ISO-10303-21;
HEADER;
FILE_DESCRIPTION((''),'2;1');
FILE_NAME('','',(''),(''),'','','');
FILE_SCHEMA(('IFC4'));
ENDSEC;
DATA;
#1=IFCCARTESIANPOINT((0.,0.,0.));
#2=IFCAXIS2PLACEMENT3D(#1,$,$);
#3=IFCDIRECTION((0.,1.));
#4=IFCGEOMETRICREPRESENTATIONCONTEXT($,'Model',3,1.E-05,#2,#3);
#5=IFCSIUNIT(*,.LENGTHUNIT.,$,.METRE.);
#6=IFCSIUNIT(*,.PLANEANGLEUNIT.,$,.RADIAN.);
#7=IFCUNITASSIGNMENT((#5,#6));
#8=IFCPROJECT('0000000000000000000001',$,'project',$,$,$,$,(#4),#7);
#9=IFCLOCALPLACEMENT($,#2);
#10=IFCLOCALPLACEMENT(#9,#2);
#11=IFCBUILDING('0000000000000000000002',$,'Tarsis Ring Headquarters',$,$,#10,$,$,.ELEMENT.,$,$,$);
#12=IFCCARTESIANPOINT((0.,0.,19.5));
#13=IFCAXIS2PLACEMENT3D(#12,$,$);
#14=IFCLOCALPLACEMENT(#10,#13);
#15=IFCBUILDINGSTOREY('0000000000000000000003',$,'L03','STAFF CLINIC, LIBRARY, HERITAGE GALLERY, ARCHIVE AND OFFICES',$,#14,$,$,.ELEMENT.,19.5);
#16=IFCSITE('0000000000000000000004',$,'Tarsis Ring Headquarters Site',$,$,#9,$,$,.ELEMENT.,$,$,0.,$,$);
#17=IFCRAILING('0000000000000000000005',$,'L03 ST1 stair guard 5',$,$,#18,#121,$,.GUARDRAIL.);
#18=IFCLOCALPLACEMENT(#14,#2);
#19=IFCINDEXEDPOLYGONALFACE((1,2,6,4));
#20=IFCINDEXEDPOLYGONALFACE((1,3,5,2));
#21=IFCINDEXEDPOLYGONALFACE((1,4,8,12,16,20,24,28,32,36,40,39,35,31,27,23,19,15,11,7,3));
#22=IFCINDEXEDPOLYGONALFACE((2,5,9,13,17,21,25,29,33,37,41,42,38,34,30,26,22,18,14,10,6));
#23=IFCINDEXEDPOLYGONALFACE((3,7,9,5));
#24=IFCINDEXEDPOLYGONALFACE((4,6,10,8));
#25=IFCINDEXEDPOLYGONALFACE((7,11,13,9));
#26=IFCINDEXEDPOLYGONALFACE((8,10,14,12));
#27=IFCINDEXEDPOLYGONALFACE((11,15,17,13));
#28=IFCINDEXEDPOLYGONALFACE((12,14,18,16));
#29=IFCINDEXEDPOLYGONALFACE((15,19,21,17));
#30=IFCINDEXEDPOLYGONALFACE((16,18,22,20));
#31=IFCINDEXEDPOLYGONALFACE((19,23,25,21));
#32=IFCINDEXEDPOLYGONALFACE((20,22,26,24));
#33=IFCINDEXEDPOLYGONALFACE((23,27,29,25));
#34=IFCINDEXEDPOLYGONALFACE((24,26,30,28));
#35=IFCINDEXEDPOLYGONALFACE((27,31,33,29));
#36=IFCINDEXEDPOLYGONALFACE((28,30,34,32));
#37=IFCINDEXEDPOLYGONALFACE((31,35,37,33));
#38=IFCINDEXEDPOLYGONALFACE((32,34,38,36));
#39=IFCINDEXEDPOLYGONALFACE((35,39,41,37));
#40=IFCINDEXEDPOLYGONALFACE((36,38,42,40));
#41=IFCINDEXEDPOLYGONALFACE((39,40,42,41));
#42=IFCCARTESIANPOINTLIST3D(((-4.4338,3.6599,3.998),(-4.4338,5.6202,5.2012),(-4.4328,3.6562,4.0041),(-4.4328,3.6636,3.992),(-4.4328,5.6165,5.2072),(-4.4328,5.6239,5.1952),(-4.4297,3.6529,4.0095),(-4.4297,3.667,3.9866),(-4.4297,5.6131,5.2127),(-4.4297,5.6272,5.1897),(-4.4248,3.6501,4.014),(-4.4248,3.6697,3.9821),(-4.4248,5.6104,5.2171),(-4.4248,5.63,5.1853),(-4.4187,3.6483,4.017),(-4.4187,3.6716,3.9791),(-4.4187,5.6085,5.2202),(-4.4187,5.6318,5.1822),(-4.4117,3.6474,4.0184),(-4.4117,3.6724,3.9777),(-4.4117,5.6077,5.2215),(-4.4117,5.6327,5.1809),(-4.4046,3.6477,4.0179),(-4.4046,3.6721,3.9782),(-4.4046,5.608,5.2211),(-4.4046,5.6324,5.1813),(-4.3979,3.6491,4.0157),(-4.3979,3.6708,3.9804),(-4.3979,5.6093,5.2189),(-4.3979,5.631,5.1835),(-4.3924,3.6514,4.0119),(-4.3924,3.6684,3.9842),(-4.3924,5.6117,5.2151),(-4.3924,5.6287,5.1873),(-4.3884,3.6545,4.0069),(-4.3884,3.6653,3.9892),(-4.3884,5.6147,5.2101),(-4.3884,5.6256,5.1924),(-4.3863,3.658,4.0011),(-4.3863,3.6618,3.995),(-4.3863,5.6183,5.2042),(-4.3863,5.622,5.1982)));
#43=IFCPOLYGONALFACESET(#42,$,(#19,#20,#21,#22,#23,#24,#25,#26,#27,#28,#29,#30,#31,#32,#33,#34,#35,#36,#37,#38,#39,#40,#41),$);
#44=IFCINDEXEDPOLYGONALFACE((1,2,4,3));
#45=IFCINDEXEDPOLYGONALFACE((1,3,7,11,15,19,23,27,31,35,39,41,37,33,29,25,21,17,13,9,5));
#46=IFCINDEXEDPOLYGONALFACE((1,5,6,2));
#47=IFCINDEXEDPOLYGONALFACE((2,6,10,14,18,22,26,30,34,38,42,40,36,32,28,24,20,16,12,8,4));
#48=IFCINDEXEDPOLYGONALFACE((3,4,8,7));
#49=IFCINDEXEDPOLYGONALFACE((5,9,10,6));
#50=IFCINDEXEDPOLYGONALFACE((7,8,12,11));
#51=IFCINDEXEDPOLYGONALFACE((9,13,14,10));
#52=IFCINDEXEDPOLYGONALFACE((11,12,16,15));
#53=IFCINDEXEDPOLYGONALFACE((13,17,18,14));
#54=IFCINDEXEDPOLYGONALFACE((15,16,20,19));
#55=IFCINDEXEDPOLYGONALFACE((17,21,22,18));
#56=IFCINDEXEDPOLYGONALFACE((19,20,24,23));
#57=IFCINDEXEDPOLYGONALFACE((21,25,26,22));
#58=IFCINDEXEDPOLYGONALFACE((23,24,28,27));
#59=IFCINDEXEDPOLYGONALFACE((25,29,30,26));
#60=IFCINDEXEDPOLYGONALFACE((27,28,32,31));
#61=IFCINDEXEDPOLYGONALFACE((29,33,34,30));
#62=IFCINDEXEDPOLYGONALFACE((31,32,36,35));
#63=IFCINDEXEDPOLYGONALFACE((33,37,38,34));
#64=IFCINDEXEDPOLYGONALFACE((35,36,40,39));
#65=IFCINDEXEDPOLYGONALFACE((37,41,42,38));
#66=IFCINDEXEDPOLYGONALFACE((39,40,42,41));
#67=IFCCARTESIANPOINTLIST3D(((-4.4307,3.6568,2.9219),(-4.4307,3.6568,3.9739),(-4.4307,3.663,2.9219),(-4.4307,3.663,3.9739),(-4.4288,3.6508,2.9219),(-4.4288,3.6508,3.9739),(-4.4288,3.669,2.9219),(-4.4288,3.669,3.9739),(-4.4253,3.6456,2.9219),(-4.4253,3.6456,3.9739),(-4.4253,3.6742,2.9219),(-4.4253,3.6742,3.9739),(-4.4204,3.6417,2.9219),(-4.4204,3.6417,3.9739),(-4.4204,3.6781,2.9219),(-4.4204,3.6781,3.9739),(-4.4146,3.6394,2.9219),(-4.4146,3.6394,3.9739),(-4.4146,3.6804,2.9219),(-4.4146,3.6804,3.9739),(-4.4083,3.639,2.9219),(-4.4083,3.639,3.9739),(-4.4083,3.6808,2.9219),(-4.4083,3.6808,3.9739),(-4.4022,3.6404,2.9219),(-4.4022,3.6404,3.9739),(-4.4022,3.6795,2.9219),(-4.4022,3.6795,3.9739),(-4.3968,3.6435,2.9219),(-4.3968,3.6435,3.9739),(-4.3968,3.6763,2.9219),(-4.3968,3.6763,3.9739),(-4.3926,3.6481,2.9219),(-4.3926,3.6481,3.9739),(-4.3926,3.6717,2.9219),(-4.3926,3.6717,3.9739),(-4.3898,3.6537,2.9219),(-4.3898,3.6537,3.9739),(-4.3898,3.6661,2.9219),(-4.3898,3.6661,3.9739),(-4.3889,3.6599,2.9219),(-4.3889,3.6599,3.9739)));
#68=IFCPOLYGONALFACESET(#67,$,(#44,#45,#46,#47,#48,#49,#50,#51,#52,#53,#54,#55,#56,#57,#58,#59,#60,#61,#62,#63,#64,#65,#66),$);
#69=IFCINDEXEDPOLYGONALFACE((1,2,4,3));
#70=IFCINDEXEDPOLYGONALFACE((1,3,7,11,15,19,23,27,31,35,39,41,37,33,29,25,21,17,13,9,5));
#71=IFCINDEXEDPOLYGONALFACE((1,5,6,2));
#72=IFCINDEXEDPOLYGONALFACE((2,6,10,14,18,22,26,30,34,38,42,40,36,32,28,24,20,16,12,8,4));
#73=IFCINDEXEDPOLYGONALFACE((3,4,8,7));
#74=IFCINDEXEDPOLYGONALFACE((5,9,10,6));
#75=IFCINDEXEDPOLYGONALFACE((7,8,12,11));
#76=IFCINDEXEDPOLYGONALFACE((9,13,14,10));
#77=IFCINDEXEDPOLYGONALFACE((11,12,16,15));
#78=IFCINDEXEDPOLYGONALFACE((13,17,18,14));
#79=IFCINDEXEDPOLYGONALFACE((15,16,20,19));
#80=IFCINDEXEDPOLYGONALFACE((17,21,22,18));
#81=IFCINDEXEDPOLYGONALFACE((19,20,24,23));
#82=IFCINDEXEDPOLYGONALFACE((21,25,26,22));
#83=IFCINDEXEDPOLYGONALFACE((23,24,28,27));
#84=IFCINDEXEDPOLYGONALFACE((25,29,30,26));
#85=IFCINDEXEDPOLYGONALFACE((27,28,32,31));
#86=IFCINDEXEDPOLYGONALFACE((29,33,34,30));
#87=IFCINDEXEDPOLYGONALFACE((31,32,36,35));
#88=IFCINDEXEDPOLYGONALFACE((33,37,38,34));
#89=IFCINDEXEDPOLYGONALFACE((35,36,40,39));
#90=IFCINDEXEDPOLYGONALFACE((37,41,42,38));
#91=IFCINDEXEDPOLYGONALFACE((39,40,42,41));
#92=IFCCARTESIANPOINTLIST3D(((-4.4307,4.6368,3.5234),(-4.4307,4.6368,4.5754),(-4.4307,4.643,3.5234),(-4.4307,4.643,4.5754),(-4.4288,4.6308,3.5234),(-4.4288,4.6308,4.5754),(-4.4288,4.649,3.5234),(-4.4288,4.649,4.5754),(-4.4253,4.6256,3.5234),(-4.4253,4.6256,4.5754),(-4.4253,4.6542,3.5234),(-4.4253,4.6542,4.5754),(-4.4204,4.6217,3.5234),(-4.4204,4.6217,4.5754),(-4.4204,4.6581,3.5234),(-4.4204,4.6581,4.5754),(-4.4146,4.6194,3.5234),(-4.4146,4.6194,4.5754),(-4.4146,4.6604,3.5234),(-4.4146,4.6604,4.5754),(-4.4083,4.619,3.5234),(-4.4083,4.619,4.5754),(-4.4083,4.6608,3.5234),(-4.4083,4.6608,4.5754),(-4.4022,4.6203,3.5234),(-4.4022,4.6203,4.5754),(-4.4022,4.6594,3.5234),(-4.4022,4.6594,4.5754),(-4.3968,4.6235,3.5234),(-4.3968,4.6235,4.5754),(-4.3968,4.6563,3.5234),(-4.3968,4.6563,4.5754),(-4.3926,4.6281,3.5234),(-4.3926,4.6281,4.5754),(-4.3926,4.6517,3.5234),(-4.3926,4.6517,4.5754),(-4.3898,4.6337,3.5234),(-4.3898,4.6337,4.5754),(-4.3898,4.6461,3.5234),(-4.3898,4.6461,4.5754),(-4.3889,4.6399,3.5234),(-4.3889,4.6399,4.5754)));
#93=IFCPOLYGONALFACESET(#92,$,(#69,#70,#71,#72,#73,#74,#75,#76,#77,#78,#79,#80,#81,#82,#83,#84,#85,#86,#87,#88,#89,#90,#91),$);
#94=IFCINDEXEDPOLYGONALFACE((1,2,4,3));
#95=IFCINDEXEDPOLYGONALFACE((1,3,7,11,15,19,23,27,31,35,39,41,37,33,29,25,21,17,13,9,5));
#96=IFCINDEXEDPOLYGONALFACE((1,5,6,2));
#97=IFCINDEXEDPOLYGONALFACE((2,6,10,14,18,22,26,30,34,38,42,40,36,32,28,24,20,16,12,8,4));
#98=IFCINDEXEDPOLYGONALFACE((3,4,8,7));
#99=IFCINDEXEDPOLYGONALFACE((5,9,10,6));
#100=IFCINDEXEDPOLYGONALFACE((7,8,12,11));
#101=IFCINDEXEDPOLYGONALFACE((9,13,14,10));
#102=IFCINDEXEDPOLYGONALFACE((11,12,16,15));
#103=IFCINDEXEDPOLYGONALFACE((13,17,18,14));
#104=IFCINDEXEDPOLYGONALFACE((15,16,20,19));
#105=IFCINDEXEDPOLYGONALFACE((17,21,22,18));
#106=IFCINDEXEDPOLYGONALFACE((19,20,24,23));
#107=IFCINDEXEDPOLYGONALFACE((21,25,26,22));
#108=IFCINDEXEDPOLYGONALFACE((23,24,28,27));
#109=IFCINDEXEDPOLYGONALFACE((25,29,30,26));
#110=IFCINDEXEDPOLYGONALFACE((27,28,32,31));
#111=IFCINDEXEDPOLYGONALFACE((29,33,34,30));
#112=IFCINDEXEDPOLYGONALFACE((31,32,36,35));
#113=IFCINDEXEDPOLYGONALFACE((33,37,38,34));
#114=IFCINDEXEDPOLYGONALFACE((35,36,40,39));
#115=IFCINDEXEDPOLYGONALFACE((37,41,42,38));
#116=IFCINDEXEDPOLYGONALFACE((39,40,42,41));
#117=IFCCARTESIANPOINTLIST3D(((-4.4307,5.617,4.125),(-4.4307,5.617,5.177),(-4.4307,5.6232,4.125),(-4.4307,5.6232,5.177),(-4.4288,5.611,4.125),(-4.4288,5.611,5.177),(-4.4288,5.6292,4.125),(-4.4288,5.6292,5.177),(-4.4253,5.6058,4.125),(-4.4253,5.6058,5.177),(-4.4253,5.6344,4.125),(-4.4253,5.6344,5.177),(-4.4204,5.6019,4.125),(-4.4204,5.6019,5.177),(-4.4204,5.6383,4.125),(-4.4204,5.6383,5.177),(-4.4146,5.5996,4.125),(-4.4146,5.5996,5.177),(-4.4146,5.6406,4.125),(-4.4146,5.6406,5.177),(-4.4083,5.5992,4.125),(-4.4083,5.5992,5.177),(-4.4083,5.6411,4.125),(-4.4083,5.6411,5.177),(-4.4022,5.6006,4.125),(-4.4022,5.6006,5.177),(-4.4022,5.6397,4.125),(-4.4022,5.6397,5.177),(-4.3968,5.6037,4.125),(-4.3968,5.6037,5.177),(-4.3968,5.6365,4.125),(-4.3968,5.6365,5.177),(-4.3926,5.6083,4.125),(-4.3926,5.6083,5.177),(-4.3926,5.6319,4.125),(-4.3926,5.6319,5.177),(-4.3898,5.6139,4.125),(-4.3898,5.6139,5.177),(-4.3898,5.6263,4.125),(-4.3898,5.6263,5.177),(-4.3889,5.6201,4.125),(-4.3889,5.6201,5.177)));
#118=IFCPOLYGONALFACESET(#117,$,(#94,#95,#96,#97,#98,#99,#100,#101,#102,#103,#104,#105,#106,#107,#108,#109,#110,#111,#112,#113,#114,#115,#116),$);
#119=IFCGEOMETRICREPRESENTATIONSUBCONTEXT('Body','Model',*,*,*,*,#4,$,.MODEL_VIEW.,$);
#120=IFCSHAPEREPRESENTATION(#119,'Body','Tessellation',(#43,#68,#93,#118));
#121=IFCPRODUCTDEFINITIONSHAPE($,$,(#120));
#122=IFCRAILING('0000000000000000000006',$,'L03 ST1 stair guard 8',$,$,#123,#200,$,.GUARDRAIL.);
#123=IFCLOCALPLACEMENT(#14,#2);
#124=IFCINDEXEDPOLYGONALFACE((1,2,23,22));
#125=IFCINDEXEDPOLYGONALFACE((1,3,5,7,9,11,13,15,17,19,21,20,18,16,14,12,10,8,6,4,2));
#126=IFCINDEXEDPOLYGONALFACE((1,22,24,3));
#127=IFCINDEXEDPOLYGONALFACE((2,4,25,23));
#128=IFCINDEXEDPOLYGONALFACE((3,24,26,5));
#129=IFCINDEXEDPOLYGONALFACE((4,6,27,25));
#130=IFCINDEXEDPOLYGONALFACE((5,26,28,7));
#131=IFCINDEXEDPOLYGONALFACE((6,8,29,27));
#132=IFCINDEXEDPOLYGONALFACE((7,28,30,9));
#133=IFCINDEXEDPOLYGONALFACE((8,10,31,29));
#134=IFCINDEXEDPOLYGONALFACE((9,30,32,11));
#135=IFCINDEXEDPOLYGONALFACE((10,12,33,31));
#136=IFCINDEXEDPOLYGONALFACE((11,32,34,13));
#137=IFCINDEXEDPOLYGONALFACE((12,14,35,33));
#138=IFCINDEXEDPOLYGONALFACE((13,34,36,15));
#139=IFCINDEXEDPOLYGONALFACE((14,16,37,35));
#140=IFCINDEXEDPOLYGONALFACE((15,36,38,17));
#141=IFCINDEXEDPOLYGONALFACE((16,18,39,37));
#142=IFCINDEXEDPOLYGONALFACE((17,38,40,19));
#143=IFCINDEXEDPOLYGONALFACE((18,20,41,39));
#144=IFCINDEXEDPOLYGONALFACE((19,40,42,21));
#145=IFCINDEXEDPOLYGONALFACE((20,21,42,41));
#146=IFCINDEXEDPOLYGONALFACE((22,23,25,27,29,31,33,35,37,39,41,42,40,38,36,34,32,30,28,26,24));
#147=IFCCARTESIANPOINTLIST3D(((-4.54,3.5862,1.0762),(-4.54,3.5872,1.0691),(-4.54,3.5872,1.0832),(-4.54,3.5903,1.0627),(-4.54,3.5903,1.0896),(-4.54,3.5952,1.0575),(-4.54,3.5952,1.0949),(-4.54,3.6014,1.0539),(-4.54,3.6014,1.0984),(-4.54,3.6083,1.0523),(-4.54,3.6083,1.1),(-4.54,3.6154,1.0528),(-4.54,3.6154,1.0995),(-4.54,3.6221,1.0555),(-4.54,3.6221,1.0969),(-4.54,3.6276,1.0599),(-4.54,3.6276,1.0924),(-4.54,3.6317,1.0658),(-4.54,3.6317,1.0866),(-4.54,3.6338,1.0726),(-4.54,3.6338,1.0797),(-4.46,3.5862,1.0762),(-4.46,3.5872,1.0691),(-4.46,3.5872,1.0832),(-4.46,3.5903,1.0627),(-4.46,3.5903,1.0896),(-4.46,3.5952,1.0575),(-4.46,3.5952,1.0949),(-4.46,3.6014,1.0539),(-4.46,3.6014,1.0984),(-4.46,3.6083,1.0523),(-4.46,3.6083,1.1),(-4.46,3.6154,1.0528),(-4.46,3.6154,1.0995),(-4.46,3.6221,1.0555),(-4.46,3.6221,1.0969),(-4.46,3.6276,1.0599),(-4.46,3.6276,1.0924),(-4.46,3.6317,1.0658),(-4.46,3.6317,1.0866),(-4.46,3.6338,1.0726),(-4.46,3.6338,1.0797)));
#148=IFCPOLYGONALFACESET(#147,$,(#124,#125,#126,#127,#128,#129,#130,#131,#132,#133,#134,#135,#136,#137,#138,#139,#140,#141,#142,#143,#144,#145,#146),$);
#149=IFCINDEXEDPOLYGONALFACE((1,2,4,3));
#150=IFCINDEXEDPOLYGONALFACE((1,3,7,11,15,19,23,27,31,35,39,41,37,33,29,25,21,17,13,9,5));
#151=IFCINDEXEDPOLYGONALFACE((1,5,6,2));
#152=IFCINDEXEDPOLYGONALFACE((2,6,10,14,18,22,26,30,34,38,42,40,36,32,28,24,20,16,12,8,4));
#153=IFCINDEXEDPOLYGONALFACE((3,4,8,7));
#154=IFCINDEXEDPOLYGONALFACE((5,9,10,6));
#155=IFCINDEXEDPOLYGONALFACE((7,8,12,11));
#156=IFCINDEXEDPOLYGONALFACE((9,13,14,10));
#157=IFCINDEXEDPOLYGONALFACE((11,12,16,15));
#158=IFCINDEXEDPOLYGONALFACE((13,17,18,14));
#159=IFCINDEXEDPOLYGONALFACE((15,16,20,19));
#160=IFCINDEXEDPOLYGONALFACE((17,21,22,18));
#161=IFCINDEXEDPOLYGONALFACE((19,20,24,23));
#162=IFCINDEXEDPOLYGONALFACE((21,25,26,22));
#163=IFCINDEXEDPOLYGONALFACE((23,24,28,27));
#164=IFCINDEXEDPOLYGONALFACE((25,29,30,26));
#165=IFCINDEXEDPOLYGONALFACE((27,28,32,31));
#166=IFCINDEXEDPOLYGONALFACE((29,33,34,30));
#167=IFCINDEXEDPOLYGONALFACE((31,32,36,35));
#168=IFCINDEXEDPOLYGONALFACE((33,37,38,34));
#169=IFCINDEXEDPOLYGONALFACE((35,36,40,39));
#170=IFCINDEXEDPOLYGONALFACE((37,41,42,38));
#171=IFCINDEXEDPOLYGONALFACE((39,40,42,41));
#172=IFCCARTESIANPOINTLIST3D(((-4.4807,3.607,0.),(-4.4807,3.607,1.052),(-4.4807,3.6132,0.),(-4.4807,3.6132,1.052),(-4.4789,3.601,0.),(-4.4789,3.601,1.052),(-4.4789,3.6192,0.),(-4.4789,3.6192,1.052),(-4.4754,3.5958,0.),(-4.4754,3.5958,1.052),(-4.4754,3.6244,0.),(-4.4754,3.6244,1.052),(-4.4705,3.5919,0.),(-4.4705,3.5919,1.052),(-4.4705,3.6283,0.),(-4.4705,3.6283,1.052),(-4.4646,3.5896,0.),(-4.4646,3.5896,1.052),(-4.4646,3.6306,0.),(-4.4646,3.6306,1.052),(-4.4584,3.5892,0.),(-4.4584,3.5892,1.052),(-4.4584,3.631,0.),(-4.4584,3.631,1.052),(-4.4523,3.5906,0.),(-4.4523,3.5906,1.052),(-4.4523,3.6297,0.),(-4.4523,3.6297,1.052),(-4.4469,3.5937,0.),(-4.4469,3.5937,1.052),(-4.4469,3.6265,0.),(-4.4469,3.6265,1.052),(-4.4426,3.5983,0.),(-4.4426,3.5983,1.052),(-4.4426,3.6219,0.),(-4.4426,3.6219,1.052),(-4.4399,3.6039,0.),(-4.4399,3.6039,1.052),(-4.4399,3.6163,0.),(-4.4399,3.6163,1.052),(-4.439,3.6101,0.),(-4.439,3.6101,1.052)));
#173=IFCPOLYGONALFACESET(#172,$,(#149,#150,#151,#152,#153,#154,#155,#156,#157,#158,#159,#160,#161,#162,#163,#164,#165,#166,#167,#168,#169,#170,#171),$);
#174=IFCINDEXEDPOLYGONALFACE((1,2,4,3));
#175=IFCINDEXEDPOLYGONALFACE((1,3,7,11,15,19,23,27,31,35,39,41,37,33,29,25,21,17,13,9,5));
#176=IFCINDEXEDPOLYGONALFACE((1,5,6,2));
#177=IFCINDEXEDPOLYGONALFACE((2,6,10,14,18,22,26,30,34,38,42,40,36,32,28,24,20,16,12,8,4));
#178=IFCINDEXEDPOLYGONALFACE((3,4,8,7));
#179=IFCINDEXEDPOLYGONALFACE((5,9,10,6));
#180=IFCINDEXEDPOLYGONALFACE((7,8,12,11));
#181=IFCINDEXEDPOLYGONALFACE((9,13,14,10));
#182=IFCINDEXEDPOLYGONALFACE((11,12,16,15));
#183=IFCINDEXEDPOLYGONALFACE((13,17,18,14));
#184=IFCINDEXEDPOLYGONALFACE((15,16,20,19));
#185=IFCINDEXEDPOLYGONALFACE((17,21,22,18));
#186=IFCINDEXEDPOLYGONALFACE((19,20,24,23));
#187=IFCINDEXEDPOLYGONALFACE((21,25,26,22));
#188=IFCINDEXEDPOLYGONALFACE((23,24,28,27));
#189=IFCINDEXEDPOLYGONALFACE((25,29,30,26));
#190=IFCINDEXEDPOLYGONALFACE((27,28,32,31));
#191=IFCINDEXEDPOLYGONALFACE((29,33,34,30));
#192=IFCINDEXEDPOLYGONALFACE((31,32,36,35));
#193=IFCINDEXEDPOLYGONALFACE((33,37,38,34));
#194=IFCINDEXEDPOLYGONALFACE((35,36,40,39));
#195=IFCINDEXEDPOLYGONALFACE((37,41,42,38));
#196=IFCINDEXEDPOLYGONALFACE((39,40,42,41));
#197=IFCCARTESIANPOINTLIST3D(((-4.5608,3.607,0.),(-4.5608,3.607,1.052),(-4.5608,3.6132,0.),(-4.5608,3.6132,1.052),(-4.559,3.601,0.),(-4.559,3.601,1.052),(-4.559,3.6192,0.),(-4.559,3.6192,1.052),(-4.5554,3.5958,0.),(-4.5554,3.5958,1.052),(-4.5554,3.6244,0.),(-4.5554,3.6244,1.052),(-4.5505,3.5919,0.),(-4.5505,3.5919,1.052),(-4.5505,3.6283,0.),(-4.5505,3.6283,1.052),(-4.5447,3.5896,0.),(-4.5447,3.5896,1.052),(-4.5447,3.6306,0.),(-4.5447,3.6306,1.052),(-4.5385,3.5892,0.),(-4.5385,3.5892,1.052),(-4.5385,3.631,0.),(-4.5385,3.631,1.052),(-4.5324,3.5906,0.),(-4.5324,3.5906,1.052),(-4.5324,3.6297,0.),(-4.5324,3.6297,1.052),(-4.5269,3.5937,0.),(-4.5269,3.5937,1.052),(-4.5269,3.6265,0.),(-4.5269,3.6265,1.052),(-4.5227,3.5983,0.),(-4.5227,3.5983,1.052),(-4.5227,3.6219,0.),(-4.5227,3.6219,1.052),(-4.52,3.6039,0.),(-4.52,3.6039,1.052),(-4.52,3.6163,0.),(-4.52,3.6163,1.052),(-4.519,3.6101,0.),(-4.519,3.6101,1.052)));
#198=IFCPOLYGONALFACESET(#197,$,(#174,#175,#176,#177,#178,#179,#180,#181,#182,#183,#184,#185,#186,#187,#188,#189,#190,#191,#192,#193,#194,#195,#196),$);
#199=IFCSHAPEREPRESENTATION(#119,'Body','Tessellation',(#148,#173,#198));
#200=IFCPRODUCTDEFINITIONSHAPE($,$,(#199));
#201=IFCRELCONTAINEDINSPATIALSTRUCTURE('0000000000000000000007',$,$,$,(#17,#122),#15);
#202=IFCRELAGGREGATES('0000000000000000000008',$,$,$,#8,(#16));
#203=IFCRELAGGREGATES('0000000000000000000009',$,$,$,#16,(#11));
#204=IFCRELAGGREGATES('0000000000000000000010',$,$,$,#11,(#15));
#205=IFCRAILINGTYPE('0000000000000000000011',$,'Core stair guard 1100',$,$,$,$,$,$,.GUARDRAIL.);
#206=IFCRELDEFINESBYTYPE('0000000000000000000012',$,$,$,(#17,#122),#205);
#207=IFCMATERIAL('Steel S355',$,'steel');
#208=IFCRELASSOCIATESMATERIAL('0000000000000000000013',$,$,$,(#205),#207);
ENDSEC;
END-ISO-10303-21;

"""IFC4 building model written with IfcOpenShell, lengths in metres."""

from ifc_helpers import new_model, si_unit, direction, frame, origin, origin_2d, place, context, subcontext, project, spatial, circle, extrude, material, type_object, element, save


model = new_model("IFC4")

# Units and contexts
model_context = context("Model", 3, precision=1e-05, world=origin(), true_north=direction((0.0, 1.0)))
body_context = subcontext(model_context, "Body", "Model", "MODEL_VIEW")
ifc_project = project(units=[si_unit("LENGTHUNIT", "METRE"), si_unit("PLANEANGLEUNIT", "RADIAN")], contexts=[model_context])

# Site, building, storey
site_placement = place(None, origin())
site = spatial("IfcSite", under=ifc_project, at=site_placement, Name="Tarsis Ring Headquarters Site", CompositionType="ELEMENT", RefElevation=0.0)
building_placement = place(site_placement, origin())
building = spatial("IfcBuilding", under=site, at=building_placement, Name="Tarsis Ring Headquarters", CompositionType="ELEMENT")
storey_placement = place(building_placement, frame((0.0, 0.0, 19.5)))
storey = spatial("IfcBuildingStorey", under=building, at=storey_placement, Name="L03", Description="STAFF CLINIC, LIBRARY, HERITAGE GALLERY, ARCHIVE AND OFFICES", CompositionType="ELEMENT", Elevation=19.5)

# Shared definitions
ifc_material_1 = material(Name="Steel S355", Category="steel")

# Railings
railing_type = type_object("IfcRailingType", Name="Core stair guard 1100", PredefinedType="GUARDRAIL", material=ifc_material_1)
railing_1_placement = place(storey_placement, frame((-4.4099, 3.6599, 2.9219)))
element("IfcRailing", 1, at=railing_1_placement, inside=storey, type_object=railing_type, Name="L03 ST1 stair guard 5", PredefinedType="GUARDRAIL", context=body_context, shape_type="SweptSolid", body=[
    extrude(circle(Radius=0.0239, at=origin_2d()), frame((0.0, 0.0, 1.0762), z_axis=(0.0, 0.85227, 0.523102), x_axis=(-1.0, 0.0, 0.0)), (0.0, 0.0, 1.0), 2.3),
    extrude(circle(Radius=0.021, at=origin_2d()), origin(), (0.0, 0.0, 1.0), 1.052),
    extrude(circle(Radius=0.021, at=origin_2d()), frame((0.0, 0.98, 0.6016)), (0.0, 0.0, 1.0), 1.052),
    extrude(circle(Radius=0.021, at=origin_2d()), frame((0.0, 1.9602, 1.2031)), (0.0, 0.0, 1.0), 1.052),
])
railing_2_placement = place(storey_placement, frame((-4.46, 3.6101, 0.0)))
element("IfcRailing", 2, at=railing_2_placement, inside=storey, type_object=railing_type, Name="L03 ST1 stair guard 8", PredefinedType="GUARDRAIL", context=body_context, shape_type="SweptSolid", body=[
    extrude(circle(Radius=0.0239, at=origin_2d()), frame((0.0, 0.0, 1.0762), z_axis=(-1.0, 0.0, 0.0), x_axis=(0.0, -1.0, 0.0)), (0.0, 0.0, 1.0), 0.0801),
    extrude(circle(Radius=0.021, at=origin_2d()), origin(), (0.0, 0.0, 1.0), 1.052),
    extrude(circle(Radius=0.021, at=origin_2d()), frame((-0.0801, 0.0, 0.0)), (0.0, 0.0, 1.0), 1.052),
])

save(model, "model.ifc")
